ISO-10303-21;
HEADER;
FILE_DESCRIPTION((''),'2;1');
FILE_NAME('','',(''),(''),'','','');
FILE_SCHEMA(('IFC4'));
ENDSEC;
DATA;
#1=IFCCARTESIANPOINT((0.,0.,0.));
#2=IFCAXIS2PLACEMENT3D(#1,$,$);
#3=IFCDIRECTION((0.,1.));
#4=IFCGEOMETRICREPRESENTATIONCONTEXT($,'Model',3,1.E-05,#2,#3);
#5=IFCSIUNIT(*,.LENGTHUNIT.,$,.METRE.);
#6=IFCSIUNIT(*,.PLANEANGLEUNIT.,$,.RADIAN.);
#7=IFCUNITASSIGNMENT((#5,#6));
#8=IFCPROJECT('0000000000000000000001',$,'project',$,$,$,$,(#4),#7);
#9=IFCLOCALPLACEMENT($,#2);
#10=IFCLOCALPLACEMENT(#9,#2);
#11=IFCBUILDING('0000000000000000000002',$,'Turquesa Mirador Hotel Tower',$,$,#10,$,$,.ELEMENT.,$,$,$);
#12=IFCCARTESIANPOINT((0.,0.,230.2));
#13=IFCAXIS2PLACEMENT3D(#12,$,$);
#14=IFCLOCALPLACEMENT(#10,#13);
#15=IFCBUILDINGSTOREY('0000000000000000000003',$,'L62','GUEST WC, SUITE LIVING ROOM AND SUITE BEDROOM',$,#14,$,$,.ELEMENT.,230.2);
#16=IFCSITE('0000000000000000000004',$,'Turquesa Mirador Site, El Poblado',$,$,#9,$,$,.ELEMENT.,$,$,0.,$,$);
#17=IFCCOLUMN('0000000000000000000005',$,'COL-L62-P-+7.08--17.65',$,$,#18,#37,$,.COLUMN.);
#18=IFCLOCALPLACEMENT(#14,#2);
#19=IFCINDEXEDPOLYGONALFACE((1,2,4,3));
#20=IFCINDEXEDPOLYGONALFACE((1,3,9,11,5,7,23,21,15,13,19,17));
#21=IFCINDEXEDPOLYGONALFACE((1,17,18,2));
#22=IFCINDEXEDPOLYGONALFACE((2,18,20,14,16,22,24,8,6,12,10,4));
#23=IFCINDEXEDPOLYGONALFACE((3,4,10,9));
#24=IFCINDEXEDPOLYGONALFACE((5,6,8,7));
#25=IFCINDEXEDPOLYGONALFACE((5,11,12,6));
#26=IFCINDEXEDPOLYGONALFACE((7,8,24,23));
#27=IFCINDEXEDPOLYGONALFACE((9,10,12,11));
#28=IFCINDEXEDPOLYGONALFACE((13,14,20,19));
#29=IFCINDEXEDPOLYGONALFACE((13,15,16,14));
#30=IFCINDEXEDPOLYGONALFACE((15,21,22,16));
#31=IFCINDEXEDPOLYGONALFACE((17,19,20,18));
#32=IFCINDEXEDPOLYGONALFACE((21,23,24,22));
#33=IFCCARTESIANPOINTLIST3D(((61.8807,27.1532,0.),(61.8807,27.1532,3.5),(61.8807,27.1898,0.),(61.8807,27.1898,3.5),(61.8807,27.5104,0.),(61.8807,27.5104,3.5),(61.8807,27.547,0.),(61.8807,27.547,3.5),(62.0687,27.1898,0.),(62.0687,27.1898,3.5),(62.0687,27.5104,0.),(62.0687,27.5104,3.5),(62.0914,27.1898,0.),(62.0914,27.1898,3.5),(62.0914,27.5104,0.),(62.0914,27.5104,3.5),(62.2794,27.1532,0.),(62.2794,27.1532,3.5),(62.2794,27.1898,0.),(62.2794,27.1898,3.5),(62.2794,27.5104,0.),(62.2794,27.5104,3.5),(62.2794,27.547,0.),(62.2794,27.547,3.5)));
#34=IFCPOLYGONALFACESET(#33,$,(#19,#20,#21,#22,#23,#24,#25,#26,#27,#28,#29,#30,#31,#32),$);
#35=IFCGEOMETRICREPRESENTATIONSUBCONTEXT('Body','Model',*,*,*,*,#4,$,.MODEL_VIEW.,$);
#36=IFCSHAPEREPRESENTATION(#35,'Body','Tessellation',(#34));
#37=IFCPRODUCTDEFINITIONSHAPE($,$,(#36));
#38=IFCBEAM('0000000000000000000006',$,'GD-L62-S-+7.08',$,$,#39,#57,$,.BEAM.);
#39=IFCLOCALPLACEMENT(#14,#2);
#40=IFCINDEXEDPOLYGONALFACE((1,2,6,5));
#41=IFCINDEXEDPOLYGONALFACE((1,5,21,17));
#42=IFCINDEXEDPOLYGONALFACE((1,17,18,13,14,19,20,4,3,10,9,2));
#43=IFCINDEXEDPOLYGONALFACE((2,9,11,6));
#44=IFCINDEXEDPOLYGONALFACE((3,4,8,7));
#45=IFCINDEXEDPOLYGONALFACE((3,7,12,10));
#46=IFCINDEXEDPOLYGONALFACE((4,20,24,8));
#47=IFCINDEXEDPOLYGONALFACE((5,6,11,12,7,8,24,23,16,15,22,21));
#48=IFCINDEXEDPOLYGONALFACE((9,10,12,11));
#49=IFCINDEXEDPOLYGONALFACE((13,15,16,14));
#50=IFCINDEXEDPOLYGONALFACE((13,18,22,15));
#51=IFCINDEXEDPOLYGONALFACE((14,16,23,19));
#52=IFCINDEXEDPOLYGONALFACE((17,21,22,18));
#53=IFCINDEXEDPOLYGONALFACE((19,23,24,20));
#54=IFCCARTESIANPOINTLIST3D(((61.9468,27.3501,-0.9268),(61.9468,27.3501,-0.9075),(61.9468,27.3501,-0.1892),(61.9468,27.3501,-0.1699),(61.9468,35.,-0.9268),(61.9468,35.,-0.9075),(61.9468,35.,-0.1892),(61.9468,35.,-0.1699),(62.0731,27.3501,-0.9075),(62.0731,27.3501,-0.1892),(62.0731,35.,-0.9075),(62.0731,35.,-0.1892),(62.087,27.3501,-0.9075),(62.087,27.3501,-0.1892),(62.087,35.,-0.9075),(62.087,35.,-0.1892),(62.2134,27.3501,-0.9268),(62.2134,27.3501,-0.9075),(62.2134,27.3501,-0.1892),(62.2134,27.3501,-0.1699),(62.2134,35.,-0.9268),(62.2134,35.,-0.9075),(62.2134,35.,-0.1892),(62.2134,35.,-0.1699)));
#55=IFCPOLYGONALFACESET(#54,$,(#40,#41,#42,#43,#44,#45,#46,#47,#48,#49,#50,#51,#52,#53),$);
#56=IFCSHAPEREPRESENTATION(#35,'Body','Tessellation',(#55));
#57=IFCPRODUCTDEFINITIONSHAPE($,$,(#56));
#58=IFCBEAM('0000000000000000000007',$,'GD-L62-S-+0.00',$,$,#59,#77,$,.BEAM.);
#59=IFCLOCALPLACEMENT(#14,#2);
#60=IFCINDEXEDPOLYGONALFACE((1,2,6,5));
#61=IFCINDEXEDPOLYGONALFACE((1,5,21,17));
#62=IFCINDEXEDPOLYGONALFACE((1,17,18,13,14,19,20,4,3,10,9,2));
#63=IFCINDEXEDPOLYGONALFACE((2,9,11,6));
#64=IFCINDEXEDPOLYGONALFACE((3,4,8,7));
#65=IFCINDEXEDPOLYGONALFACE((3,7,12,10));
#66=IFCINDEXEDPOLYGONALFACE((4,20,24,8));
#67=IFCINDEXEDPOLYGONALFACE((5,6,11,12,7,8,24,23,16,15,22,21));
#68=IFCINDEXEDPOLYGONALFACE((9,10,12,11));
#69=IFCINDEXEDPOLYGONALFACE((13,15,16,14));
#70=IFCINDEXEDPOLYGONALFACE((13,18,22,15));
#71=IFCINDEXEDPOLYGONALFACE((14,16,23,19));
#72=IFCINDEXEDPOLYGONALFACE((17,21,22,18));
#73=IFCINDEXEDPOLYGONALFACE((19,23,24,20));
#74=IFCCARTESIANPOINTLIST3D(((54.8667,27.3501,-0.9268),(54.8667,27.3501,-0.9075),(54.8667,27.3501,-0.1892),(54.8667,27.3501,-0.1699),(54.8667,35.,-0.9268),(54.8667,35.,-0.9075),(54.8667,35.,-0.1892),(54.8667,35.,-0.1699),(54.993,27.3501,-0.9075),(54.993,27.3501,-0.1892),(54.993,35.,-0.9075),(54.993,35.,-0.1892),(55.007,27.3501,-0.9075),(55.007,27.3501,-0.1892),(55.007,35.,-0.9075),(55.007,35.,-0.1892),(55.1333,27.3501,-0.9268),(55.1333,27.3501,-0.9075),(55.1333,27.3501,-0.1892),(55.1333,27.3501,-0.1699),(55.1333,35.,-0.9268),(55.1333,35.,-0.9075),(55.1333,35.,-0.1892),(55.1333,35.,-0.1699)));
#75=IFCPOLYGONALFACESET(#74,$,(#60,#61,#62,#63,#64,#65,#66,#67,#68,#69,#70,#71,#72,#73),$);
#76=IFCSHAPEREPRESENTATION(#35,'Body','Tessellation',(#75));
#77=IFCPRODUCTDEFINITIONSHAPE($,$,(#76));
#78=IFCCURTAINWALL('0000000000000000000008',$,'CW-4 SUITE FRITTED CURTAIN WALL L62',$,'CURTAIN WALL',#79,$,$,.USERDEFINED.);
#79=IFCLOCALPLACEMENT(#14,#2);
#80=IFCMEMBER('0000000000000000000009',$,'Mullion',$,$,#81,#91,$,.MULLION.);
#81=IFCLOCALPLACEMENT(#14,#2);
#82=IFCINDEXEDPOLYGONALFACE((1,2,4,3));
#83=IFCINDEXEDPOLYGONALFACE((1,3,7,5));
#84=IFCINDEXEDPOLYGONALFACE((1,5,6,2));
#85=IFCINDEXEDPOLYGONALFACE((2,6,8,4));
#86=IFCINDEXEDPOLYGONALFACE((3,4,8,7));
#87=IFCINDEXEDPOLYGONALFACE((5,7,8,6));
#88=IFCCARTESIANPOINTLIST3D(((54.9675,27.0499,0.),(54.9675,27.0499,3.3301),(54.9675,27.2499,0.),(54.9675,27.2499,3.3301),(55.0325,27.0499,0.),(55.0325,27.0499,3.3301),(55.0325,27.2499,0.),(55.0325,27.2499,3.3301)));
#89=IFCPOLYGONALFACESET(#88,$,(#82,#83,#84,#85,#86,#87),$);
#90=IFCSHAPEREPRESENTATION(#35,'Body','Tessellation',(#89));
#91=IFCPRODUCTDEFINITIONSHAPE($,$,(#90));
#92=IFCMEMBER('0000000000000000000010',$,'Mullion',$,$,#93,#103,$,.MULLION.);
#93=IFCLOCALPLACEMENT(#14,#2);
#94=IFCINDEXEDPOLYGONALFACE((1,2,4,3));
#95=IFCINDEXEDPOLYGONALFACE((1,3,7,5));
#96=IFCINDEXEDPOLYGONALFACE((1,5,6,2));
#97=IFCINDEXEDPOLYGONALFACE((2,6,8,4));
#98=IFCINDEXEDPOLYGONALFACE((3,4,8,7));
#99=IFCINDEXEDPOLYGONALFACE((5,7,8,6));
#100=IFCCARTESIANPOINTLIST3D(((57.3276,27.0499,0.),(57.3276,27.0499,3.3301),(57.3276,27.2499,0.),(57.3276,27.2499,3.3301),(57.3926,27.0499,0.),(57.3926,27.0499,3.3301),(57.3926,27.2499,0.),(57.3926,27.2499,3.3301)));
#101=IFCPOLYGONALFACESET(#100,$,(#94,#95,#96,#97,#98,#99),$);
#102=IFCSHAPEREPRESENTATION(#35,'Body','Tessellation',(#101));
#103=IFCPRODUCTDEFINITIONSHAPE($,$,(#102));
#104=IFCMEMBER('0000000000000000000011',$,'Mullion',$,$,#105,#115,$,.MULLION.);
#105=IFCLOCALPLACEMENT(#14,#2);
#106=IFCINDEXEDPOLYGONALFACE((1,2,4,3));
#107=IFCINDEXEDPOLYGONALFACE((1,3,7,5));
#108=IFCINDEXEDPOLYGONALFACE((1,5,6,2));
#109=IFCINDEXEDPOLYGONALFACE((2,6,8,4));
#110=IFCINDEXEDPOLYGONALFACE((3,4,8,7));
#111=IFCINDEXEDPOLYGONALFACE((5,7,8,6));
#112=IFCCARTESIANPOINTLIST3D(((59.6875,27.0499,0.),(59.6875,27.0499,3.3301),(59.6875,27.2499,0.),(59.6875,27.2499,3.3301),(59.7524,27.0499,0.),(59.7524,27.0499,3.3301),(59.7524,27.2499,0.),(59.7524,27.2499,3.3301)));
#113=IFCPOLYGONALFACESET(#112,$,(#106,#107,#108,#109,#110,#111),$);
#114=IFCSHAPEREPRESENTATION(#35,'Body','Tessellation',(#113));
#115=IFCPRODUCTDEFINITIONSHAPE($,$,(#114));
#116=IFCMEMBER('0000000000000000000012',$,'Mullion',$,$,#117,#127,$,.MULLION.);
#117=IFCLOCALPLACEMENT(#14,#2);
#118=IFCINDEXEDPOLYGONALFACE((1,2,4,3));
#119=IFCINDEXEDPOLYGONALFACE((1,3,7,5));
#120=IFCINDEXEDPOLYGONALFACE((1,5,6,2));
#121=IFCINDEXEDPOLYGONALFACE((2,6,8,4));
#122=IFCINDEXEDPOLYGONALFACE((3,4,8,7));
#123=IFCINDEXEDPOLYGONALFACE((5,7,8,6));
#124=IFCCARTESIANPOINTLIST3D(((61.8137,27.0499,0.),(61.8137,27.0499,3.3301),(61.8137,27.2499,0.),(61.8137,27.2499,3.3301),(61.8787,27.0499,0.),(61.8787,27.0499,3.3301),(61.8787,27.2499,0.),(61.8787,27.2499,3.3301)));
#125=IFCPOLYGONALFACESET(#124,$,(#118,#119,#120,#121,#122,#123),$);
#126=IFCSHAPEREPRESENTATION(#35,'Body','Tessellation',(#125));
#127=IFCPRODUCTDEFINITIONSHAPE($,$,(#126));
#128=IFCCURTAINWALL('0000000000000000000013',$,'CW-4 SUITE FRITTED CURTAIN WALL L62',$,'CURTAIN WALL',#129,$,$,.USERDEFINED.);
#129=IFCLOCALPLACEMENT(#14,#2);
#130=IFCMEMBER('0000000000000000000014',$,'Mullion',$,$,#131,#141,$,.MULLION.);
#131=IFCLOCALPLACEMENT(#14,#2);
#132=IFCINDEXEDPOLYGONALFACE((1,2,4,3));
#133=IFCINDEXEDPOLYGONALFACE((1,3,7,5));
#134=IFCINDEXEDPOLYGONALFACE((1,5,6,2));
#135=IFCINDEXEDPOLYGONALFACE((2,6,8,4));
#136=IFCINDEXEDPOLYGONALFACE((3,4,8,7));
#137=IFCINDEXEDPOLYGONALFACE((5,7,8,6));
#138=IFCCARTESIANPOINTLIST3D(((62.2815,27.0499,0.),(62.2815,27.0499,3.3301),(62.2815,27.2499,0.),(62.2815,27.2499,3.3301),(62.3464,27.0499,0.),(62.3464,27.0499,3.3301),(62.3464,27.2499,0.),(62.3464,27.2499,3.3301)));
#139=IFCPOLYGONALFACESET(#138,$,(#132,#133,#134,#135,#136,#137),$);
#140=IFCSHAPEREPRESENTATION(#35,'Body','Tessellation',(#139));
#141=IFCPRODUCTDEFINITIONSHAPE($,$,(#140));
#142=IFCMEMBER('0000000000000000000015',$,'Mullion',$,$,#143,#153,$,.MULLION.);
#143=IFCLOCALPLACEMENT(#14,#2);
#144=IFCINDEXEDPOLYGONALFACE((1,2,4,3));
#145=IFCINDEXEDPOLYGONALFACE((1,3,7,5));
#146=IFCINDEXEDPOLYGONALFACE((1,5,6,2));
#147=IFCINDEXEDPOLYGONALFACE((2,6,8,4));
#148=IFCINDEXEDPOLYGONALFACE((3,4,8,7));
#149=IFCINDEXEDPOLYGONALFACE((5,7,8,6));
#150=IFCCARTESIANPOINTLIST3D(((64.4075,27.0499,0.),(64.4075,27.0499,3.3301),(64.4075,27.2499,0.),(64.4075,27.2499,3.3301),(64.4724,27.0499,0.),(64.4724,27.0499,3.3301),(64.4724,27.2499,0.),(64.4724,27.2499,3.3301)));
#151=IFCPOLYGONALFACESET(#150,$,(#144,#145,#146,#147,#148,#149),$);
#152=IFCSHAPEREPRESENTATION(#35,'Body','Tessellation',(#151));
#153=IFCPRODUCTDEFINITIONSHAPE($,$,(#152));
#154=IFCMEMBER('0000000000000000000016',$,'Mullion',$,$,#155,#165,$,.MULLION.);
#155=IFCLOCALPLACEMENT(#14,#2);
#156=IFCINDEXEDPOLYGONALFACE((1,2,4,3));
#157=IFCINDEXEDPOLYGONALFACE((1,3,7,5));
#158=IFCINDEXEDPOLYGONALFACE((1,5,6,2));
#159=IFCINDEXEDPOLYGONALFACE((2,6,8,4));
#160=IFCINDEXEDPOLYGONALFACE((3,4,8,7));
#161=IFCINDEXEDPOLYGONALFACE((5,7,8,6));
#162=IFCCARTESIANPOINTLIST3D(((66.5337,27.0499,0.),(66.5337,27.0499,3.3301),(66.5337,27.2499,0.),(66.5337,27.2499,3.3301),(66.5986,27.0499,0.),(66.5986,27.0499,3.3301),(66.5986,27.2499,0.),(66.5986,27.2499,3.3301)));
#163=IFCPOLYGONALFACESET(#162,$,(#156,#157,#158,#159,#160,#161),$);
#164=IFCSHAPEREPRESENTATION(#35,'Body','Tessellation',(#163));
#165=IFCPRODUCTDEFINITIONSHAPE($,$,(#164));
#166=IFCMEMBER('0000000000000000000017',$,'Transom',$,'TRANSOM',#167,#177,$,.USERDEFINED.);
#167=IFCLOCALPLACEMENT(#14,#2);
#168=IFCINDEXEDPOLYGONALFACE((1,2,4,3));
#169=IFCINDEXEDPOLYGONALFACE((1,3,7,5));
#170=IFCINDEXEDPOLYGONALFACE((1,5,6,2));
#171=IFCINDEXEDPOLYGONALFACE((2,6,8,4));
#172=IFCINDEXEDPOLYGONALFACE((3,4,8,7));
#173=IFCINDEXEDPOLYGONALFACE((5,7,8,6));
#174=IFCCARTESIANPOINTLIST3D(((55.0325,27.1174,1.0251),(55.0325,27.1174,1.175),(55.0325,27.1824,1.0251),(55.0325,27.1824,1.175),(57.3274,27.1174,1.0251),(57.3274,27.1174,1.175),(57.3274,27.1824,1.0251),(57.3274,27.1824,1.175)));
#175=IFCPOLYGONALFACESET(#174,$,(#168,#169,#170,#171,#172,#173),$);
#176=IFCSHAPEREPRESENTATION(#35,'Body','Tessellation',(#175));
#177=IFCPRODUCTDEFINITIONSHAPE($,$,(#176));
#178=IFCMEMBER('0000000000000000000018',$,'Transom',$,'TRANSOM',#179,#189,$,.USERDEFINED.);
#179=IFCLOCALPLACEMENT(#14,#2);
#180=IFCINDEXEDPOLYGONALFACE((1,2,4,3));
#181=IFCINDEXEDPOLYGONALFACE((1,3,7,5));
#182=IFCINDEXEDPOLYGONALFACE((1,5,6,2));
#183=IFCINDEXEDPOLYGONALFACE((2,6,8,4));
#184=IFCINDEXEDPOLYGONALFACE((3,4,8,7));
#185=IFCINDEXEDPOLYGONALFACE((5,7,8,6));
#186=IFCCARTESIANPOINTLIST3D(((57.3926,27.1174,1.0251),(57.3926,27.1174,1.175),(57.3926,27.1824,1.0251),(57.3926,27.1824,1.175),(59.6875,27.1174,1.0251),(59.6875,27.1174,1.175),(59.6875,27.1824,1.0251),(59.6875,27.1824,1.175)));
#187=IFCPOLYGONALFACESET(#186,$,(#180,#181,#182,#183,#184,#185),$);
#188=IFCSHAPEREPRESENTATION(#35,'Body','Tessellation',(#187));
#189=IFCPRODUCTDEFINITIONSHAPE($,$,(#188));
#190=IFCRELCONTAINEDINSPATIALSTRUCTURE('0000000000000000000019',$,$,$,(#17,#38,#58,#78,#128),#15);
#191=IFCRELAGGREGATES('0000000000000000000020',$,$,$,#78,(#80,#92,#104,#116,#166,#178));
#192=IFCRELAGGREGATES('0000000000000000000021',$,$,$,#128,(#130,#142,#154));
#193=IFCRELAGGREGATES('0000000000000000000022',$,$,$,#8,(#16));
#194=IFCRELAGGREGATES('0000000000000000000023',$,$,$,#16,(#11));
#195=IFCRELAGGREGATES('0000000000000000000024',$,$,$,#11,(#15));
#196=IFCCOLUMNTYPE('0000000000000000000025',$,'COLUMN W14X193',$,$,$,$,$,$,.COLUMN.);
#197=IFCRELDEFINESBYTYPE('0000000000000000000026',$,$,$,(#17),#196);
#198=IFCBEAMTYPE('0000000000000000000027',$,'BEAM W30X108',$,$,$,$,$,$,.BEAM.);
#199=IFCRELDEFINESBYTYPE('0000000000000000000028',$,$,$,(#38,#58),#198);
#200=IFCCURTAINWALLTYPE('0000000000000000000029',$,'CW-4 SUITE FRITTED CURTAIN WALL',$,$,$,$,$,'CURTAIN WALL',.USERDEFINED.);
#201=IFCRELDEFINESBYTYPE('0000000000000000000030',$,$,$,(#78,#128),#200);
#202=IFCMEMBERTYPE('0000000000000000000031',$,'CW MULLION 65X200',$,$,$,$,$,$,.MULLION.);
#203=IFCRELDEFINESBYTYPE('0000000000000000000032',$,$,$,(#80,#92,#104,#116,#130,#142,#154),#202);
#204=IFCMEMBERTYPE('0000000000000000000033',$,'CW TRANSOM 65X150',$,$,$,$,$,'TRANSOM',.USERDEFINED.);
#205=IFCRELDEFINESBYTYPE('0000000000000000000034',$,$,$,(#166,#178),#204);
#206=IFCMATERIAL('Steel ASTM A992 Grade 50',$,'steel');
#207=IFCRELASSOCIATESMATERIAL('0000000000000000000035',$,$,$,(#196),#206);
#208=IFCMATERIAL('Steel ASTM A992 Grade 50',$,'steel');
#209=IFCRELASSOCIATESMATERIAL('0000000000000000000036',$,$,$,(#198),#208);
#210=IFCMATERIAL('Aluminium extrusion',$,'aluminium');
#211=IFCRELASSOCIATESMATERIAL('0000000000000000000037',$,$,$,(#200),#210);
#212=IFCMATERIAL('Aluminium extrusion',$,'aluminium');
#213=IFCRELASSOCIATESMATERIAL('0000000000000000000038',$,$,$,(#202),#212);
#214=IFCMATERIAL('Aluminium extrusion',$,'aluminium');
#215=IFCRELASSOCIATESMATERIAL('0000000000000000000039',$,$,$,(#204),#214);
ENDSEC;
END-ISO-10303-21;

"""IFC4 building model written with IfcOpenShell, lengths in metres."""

from ifc_helpers import new_model, si_unit, direction, frame, origin, origin_2d, place, context, subcontext, project, spatial, rectangle, i_section, extrude, material, material_profile, profile_set, type_object, element, aggregate, save


model = new_model("IFC4")

# Units and contexts
model_context = context("Model", 3, precision=1e-05, world=origin(), true_north=direction((0.0, 1.0)))
body_context = subcontext(model_context, "Body", "Model", "MODEL_VIEW")
ifc_project = project(units=[si_unit("LENGTHUNIT", "METRE"), si_unit("PLANEANGLEUNIT", "RADIAN")], contexts=[model_context])

# Site, building, storey
site_placement = place(None, origin())
site = spatial("IfcSite", under=ifc_project, at=site_placement, Name="Turquesa Mirador Site, El Poblado", CompositionType="ELEMENT", RefElevation=0.0)
building_placement = place(site_placement, origin())
building = spatial("IfcBuilding", under=site, at=building_placement, Name="Turquesa Mirador Hotel Tower", CompositionType="ELEMENT")
storey_placement = place(building_placement, frame((0.0, 0.0, 230.2)))
storey = spatial("IfcBuildingStorey", under=building, at=storey_placement, Name="L62", Description="GUEST WC, SUITE LIVING ROOM AND SUITE BEDROOM", CompositionType="ELEMENT", Elevation=230.2)

# Column
ifc_material_1 = material(Name="Steel ASTM A992 Grade 50", Category="steel")
ifc_material_profile_1 = material_profile(ifc_material_1, i_section(OverallWidth=0.3987, OverallDepth=0.3938, WebThickness=0.0227, FlangeThickness=0.0366, at=origin_2d()), Name="W14X193")
ifc_profile_set_1 = profile_set([ifc_material_profile_1], Name="Steel ASTM A992 Grade 50")
column_type = type_object("IfcColumnType", Name="COLUMN W14X193", PredefinedType="COLUMN", material=ifc_profile_set_1)
column_placement = place(storey_placement, frame((62.0801, 27.3501, 0.0), z_axis=(0.0, 0.0, 1.0), x_axis=(1.0, 0.0, 0.0)))
element("IfcColumn", 1, at=column_placement, inside=storey, type_object=column_type, Name="COL-L62-P-+7.08--17.65", PredefinedType="COLUMN", context=body_context, shape_type="SweptSolid", body=[
    extrude(i_section(OverallWidth=0.3987, OverallDepth=0.3938, WebThickness=0.0227, FlangeThickness=0.0366, at=origin_2d()), origin(), (0.0, 0.0, 1.0), 3.5),
])

# Beams
ifc_material_2 = material(Name="Steel ASTM A992 Grade 50", Category="steel")
ifc_material_profile_2 = material_profile(ifc_material_2, i_section(OverallWidth=0.2666, OverallDepth=0.7568, WebThickness=0.0139, FlangeThickness=0.0193, at=origin_2d()), Name="W30X108")
ifc_profile_set_2 = profile_set([ifc_material_profile_2], Name="Steel ASTM A992 Grade 50")
beam_type = type_object("IfcBeamType", Name="BEAM W30X108", PredefinedType="BEAM", material=ifc_profile_set_2)
for number, where, z_axis, x_axis, name in (
    (2, (62.0801, 27.3501, -0.5483), (0.0, 1.0, 0.0), (-1.0, 0.0, 0.0), "GD-L62-S-+7.08"),
    (3, (55.0, 27.3501, -0.5483), (0.0, 1.0, 0.0), (-1.0, 0.0, 0.0), "GD-L62-S-+0.00"),
):
    element("IfcBeam", number, at=place(storey_placement, frame(where, z_axis=z_axis, x_axis=x_axis)), inside=storey, type_object=beam_type, Name=name, PredefinedType="BEAM", context=body_context, shape_type="SweptSolid", body=[
        extrude(i_section(OverallWidth=0.2666, OverallDepth=0.7568, WebThickness=0.0139, FlangeThickness=0.0193, at=origin_2d()), origin(), (0.0, 0.0, 1.0), 7.6499),
    ])

# Curtain walls, members
ifc_material_3 = material(Name="Aluminium extrusion", Category="aluminium")
curtain_wall_type = type_object("IfcCurtainWallType", Name="CW-4 SUITE FRITTED CURTAIN WALL", ElementType="CURTAIN WALL", PredefinedType="USERDEFINED", material=ifc_material_3)
curtain_wall_1_placement = place(storey_placement, origin())
curtain_wall_1 = element("IfcCurtainWall", 4, at=curtain_wall_1_placement, inside=storey, type_object=curtain_wall_type, Name="CW-4 SUITE FRITTED CURTAIN WALL L62", ObjectType="CURTAIN WALL", PredefinedType="USERDEFINED")
ifc_material_4 = material(Name="Aluminium extrusion", Category="aluminium")
ifc_material_profile_3 = material_profile(ifc_material_4, rectangle(XDim=0.0649, YDim=0.2, at=origin_2d()), Name="MULLION 65X200")
ifc_profile_set_3 = profile_set([ifc_material_profile_3], Name="Aluminium extrusion")
member_type_1 = type_object("IfcMemberType", Name="CW MULLION 65X200", PredefinedType="MULLION", material=ifc_profile_set_3)
member_1_placement = place(storey_placement, frame((55.0, 27.1499, 0.0), z_axis=(0.0, 0.0, 1.0), x_axis=(1.0, 0.0, 0.0)))
member_1 = element("IfcMember", 5, at=member_1_placement, type_object=member_type_1, Name="Mullion", PredefinedType="MULLION", context=body_context, shape_type="SweptSolid", body=[
    extrude(rectangle(XDim=0.0649, YDim=0.2, at=origin_2d()), origin(), (0.0, 0.0, 1.0), 3.3301),
])
member_2_placement = place(storey_placement, frame((57.3601, 27.1499, 0.0), z_axis=(0.0, 0.0, 1.0), x_axis=(1.0, 0.0, 0.0)))
member_2 = element("IfcMember", 6, at=member_2_placement, type_object=member_type_1, Name="Mullion", PredefinedType="MULLION", context=body_context, shape_type="SweptSolid", body=[
    extrude(rectangle(XDim=0.0649, YDim=0.2, at=origin_2d()), origin(), (0.0, 0.0, 1.0), 3.3301),
])
member_3_placement = place(storey_placement, frame((59.72, 27.1499, 0.0), z_axis=(0.0, 0.0, 1.0), x_axis=(1.0, 0.0, 0.0)))
member_3 = element("IfcMember", 7, at=member_3_placement, type_object=member_type_1, Name="Mullion", PredefinedType="MULLION", context=body_context, shape_type="SweptSolid", body=[
    extrude(rectangle(XDim=0.0649, YDim=0.2, at=origin_2d()), origin(), (0.0, 0.0, 1.0), 3.3301),
])
member_4_placement = place(storey_placement, frame((61.8462, 27.1499, 0.0), z_axis=(0.0, 0.0, 1.0), x_axis=(1.0, 0.0, 0.0)))
member_4 = element("IfcMember", 8, at=member_4_placement, type_object=member_type_1, Name="Mullion", PredefinedType="MULLION", context=body_context, shape_type="SweptSolid", body=[
    extrude(rectangle(XDim=0.0649, YDim=0.2, at=origin_2d()), origin(), (0.0, 0.0, 1.0), 3.3301),
])
curtain_wall_2_placement = place(storey_placement, origin())
curtain_wall_2 = element("IfcCurtainWall", 9, at=curtain_wall_2_placement, inside=storey, type_object=curtain_wall_type, Name="CW-4 SUITE FRITTED CURTAIN WALL L62", ObjectType="CURTAIN WALL", PredefinedType="USERDEFINED")
member_5_placement = place(storey_placement, frame((62.314, 27.1499, 0.0), z_axis=(0.0, 0.0, 1.0), x_axis=(1.0, 0.0, 0.0)))
member_5 = element("IfcMember", 10, at=member_5_placement, type_object=member_type_1, Name="Mullion", PredefinedType="MULLION", context=body_context, shape_type="SweptSolid", body=[
    extrude(rectangle(XDim=0.0649, YDim=0.2, at=origin_2d()), origin(), (0.0, 0.0, 1.0), 3.3301),
])
member_6_placement = place(storey_placement, frame((64.4399, 27.1499, 0.0), z_axis=(0.0, 0.0, 1.0), x_axis=(1.0, 0.0, 0.0)))
member_6 = element("IfcMember", 11, at=member_6_placement, type_object=member_type_1, Name="Mullion", PredefinedType="MULLION", context=body_context, shape_type="SweptSolid", body=[
    extrude(rectangle(XDim=0.0649, YDim=0.2, at=origin_2d()), origin(), (0.0, 0.0, 1.0), 3.3301),
])
member_7_placement = place(storey_placement, frame((66.5662, 27.1499, 0.0), z_axis=(0.0, 0.0, 1.0), x_axis=(1.0, 0.0, 0.0)))
member_7 = element("IfcMember", 12, at=member_7_placement, type_object=member_type_1, Name="Mullion", PredefinedType="MULLION", context=body_context, shape_type="SweptSolid", body=[
    extrude(rectangle(XDim=0.0649, YDim=0.2, at=origin_2d()), origin(), (0.0, 0.0, 1.0), 3.3301),
])

# Members
ifc_material_5 = material(Name="Aluminium extrusion", Category="aluminium")
ifc_material_profile_4 = material_profile(ifc_material_5, rectangle(XDim=0.0649, YDim=0.1499, at=origin_2d()), Name="TRANSOM 65X150")
ifc_profile_set_4 = profile_set([ifc_material_profile_4], Name="Aluminium extrusion")
member_type_2 = type_object("IfcMemberType", Name="CW TRANSOM 65X150", ElementType="TRANSOM", PredefinedType="USERDEFINED", material=ifc_profile_set_4)
member_8_placement = place(storey_placement, frame((55.0325, 27.1499, 1.1001), z_axis=(1.0, 0.0, 0.0), x_axis=(0.0, 1.0, 0.0)))
member_8 = element("IfcMember", 13, at=member_8_placement, type_object=member_type_2, Name="Transom", ObjectType="TRANSOM", PredefinedType="USERDEFINED", context=body_context, shape_type="SweptSolid", body=[
    extrude(rectangle(XDim=0.0649, YDim=0.1499, at=origin_2d()), origin(), (0.0, 0.0, 1.0), 2.2949),
])
member_9_placement = place(storey_placement, frame((57.3926, 27.1499, 1.1001), z_axis=(1.0, 0.0, 0.0), x_axis=(0.0, 1.0, 0.0)))
member_9 = element("IfcMember", 14, at=member_9_placement, type_object=member_type_2, Name="Transom", ObjectType="TRANSOM", PredefinedType="USERDEFINED", context=body_context, shape_type="SweptSolid", body=[
    extrude(rectangle(XDim=0.0649, YDim=0.1499, at=origin_2d()), origin(), (0.0, 0.0, 1.0), 2.2949),
])

aggregate(curtain_wall_1, [member_1, member_2, member_3, member_4, member_8, member_9])
aggregate(curtain_wall_2, [member_5, member_6, member_7])

save(model, "model.ifc")
